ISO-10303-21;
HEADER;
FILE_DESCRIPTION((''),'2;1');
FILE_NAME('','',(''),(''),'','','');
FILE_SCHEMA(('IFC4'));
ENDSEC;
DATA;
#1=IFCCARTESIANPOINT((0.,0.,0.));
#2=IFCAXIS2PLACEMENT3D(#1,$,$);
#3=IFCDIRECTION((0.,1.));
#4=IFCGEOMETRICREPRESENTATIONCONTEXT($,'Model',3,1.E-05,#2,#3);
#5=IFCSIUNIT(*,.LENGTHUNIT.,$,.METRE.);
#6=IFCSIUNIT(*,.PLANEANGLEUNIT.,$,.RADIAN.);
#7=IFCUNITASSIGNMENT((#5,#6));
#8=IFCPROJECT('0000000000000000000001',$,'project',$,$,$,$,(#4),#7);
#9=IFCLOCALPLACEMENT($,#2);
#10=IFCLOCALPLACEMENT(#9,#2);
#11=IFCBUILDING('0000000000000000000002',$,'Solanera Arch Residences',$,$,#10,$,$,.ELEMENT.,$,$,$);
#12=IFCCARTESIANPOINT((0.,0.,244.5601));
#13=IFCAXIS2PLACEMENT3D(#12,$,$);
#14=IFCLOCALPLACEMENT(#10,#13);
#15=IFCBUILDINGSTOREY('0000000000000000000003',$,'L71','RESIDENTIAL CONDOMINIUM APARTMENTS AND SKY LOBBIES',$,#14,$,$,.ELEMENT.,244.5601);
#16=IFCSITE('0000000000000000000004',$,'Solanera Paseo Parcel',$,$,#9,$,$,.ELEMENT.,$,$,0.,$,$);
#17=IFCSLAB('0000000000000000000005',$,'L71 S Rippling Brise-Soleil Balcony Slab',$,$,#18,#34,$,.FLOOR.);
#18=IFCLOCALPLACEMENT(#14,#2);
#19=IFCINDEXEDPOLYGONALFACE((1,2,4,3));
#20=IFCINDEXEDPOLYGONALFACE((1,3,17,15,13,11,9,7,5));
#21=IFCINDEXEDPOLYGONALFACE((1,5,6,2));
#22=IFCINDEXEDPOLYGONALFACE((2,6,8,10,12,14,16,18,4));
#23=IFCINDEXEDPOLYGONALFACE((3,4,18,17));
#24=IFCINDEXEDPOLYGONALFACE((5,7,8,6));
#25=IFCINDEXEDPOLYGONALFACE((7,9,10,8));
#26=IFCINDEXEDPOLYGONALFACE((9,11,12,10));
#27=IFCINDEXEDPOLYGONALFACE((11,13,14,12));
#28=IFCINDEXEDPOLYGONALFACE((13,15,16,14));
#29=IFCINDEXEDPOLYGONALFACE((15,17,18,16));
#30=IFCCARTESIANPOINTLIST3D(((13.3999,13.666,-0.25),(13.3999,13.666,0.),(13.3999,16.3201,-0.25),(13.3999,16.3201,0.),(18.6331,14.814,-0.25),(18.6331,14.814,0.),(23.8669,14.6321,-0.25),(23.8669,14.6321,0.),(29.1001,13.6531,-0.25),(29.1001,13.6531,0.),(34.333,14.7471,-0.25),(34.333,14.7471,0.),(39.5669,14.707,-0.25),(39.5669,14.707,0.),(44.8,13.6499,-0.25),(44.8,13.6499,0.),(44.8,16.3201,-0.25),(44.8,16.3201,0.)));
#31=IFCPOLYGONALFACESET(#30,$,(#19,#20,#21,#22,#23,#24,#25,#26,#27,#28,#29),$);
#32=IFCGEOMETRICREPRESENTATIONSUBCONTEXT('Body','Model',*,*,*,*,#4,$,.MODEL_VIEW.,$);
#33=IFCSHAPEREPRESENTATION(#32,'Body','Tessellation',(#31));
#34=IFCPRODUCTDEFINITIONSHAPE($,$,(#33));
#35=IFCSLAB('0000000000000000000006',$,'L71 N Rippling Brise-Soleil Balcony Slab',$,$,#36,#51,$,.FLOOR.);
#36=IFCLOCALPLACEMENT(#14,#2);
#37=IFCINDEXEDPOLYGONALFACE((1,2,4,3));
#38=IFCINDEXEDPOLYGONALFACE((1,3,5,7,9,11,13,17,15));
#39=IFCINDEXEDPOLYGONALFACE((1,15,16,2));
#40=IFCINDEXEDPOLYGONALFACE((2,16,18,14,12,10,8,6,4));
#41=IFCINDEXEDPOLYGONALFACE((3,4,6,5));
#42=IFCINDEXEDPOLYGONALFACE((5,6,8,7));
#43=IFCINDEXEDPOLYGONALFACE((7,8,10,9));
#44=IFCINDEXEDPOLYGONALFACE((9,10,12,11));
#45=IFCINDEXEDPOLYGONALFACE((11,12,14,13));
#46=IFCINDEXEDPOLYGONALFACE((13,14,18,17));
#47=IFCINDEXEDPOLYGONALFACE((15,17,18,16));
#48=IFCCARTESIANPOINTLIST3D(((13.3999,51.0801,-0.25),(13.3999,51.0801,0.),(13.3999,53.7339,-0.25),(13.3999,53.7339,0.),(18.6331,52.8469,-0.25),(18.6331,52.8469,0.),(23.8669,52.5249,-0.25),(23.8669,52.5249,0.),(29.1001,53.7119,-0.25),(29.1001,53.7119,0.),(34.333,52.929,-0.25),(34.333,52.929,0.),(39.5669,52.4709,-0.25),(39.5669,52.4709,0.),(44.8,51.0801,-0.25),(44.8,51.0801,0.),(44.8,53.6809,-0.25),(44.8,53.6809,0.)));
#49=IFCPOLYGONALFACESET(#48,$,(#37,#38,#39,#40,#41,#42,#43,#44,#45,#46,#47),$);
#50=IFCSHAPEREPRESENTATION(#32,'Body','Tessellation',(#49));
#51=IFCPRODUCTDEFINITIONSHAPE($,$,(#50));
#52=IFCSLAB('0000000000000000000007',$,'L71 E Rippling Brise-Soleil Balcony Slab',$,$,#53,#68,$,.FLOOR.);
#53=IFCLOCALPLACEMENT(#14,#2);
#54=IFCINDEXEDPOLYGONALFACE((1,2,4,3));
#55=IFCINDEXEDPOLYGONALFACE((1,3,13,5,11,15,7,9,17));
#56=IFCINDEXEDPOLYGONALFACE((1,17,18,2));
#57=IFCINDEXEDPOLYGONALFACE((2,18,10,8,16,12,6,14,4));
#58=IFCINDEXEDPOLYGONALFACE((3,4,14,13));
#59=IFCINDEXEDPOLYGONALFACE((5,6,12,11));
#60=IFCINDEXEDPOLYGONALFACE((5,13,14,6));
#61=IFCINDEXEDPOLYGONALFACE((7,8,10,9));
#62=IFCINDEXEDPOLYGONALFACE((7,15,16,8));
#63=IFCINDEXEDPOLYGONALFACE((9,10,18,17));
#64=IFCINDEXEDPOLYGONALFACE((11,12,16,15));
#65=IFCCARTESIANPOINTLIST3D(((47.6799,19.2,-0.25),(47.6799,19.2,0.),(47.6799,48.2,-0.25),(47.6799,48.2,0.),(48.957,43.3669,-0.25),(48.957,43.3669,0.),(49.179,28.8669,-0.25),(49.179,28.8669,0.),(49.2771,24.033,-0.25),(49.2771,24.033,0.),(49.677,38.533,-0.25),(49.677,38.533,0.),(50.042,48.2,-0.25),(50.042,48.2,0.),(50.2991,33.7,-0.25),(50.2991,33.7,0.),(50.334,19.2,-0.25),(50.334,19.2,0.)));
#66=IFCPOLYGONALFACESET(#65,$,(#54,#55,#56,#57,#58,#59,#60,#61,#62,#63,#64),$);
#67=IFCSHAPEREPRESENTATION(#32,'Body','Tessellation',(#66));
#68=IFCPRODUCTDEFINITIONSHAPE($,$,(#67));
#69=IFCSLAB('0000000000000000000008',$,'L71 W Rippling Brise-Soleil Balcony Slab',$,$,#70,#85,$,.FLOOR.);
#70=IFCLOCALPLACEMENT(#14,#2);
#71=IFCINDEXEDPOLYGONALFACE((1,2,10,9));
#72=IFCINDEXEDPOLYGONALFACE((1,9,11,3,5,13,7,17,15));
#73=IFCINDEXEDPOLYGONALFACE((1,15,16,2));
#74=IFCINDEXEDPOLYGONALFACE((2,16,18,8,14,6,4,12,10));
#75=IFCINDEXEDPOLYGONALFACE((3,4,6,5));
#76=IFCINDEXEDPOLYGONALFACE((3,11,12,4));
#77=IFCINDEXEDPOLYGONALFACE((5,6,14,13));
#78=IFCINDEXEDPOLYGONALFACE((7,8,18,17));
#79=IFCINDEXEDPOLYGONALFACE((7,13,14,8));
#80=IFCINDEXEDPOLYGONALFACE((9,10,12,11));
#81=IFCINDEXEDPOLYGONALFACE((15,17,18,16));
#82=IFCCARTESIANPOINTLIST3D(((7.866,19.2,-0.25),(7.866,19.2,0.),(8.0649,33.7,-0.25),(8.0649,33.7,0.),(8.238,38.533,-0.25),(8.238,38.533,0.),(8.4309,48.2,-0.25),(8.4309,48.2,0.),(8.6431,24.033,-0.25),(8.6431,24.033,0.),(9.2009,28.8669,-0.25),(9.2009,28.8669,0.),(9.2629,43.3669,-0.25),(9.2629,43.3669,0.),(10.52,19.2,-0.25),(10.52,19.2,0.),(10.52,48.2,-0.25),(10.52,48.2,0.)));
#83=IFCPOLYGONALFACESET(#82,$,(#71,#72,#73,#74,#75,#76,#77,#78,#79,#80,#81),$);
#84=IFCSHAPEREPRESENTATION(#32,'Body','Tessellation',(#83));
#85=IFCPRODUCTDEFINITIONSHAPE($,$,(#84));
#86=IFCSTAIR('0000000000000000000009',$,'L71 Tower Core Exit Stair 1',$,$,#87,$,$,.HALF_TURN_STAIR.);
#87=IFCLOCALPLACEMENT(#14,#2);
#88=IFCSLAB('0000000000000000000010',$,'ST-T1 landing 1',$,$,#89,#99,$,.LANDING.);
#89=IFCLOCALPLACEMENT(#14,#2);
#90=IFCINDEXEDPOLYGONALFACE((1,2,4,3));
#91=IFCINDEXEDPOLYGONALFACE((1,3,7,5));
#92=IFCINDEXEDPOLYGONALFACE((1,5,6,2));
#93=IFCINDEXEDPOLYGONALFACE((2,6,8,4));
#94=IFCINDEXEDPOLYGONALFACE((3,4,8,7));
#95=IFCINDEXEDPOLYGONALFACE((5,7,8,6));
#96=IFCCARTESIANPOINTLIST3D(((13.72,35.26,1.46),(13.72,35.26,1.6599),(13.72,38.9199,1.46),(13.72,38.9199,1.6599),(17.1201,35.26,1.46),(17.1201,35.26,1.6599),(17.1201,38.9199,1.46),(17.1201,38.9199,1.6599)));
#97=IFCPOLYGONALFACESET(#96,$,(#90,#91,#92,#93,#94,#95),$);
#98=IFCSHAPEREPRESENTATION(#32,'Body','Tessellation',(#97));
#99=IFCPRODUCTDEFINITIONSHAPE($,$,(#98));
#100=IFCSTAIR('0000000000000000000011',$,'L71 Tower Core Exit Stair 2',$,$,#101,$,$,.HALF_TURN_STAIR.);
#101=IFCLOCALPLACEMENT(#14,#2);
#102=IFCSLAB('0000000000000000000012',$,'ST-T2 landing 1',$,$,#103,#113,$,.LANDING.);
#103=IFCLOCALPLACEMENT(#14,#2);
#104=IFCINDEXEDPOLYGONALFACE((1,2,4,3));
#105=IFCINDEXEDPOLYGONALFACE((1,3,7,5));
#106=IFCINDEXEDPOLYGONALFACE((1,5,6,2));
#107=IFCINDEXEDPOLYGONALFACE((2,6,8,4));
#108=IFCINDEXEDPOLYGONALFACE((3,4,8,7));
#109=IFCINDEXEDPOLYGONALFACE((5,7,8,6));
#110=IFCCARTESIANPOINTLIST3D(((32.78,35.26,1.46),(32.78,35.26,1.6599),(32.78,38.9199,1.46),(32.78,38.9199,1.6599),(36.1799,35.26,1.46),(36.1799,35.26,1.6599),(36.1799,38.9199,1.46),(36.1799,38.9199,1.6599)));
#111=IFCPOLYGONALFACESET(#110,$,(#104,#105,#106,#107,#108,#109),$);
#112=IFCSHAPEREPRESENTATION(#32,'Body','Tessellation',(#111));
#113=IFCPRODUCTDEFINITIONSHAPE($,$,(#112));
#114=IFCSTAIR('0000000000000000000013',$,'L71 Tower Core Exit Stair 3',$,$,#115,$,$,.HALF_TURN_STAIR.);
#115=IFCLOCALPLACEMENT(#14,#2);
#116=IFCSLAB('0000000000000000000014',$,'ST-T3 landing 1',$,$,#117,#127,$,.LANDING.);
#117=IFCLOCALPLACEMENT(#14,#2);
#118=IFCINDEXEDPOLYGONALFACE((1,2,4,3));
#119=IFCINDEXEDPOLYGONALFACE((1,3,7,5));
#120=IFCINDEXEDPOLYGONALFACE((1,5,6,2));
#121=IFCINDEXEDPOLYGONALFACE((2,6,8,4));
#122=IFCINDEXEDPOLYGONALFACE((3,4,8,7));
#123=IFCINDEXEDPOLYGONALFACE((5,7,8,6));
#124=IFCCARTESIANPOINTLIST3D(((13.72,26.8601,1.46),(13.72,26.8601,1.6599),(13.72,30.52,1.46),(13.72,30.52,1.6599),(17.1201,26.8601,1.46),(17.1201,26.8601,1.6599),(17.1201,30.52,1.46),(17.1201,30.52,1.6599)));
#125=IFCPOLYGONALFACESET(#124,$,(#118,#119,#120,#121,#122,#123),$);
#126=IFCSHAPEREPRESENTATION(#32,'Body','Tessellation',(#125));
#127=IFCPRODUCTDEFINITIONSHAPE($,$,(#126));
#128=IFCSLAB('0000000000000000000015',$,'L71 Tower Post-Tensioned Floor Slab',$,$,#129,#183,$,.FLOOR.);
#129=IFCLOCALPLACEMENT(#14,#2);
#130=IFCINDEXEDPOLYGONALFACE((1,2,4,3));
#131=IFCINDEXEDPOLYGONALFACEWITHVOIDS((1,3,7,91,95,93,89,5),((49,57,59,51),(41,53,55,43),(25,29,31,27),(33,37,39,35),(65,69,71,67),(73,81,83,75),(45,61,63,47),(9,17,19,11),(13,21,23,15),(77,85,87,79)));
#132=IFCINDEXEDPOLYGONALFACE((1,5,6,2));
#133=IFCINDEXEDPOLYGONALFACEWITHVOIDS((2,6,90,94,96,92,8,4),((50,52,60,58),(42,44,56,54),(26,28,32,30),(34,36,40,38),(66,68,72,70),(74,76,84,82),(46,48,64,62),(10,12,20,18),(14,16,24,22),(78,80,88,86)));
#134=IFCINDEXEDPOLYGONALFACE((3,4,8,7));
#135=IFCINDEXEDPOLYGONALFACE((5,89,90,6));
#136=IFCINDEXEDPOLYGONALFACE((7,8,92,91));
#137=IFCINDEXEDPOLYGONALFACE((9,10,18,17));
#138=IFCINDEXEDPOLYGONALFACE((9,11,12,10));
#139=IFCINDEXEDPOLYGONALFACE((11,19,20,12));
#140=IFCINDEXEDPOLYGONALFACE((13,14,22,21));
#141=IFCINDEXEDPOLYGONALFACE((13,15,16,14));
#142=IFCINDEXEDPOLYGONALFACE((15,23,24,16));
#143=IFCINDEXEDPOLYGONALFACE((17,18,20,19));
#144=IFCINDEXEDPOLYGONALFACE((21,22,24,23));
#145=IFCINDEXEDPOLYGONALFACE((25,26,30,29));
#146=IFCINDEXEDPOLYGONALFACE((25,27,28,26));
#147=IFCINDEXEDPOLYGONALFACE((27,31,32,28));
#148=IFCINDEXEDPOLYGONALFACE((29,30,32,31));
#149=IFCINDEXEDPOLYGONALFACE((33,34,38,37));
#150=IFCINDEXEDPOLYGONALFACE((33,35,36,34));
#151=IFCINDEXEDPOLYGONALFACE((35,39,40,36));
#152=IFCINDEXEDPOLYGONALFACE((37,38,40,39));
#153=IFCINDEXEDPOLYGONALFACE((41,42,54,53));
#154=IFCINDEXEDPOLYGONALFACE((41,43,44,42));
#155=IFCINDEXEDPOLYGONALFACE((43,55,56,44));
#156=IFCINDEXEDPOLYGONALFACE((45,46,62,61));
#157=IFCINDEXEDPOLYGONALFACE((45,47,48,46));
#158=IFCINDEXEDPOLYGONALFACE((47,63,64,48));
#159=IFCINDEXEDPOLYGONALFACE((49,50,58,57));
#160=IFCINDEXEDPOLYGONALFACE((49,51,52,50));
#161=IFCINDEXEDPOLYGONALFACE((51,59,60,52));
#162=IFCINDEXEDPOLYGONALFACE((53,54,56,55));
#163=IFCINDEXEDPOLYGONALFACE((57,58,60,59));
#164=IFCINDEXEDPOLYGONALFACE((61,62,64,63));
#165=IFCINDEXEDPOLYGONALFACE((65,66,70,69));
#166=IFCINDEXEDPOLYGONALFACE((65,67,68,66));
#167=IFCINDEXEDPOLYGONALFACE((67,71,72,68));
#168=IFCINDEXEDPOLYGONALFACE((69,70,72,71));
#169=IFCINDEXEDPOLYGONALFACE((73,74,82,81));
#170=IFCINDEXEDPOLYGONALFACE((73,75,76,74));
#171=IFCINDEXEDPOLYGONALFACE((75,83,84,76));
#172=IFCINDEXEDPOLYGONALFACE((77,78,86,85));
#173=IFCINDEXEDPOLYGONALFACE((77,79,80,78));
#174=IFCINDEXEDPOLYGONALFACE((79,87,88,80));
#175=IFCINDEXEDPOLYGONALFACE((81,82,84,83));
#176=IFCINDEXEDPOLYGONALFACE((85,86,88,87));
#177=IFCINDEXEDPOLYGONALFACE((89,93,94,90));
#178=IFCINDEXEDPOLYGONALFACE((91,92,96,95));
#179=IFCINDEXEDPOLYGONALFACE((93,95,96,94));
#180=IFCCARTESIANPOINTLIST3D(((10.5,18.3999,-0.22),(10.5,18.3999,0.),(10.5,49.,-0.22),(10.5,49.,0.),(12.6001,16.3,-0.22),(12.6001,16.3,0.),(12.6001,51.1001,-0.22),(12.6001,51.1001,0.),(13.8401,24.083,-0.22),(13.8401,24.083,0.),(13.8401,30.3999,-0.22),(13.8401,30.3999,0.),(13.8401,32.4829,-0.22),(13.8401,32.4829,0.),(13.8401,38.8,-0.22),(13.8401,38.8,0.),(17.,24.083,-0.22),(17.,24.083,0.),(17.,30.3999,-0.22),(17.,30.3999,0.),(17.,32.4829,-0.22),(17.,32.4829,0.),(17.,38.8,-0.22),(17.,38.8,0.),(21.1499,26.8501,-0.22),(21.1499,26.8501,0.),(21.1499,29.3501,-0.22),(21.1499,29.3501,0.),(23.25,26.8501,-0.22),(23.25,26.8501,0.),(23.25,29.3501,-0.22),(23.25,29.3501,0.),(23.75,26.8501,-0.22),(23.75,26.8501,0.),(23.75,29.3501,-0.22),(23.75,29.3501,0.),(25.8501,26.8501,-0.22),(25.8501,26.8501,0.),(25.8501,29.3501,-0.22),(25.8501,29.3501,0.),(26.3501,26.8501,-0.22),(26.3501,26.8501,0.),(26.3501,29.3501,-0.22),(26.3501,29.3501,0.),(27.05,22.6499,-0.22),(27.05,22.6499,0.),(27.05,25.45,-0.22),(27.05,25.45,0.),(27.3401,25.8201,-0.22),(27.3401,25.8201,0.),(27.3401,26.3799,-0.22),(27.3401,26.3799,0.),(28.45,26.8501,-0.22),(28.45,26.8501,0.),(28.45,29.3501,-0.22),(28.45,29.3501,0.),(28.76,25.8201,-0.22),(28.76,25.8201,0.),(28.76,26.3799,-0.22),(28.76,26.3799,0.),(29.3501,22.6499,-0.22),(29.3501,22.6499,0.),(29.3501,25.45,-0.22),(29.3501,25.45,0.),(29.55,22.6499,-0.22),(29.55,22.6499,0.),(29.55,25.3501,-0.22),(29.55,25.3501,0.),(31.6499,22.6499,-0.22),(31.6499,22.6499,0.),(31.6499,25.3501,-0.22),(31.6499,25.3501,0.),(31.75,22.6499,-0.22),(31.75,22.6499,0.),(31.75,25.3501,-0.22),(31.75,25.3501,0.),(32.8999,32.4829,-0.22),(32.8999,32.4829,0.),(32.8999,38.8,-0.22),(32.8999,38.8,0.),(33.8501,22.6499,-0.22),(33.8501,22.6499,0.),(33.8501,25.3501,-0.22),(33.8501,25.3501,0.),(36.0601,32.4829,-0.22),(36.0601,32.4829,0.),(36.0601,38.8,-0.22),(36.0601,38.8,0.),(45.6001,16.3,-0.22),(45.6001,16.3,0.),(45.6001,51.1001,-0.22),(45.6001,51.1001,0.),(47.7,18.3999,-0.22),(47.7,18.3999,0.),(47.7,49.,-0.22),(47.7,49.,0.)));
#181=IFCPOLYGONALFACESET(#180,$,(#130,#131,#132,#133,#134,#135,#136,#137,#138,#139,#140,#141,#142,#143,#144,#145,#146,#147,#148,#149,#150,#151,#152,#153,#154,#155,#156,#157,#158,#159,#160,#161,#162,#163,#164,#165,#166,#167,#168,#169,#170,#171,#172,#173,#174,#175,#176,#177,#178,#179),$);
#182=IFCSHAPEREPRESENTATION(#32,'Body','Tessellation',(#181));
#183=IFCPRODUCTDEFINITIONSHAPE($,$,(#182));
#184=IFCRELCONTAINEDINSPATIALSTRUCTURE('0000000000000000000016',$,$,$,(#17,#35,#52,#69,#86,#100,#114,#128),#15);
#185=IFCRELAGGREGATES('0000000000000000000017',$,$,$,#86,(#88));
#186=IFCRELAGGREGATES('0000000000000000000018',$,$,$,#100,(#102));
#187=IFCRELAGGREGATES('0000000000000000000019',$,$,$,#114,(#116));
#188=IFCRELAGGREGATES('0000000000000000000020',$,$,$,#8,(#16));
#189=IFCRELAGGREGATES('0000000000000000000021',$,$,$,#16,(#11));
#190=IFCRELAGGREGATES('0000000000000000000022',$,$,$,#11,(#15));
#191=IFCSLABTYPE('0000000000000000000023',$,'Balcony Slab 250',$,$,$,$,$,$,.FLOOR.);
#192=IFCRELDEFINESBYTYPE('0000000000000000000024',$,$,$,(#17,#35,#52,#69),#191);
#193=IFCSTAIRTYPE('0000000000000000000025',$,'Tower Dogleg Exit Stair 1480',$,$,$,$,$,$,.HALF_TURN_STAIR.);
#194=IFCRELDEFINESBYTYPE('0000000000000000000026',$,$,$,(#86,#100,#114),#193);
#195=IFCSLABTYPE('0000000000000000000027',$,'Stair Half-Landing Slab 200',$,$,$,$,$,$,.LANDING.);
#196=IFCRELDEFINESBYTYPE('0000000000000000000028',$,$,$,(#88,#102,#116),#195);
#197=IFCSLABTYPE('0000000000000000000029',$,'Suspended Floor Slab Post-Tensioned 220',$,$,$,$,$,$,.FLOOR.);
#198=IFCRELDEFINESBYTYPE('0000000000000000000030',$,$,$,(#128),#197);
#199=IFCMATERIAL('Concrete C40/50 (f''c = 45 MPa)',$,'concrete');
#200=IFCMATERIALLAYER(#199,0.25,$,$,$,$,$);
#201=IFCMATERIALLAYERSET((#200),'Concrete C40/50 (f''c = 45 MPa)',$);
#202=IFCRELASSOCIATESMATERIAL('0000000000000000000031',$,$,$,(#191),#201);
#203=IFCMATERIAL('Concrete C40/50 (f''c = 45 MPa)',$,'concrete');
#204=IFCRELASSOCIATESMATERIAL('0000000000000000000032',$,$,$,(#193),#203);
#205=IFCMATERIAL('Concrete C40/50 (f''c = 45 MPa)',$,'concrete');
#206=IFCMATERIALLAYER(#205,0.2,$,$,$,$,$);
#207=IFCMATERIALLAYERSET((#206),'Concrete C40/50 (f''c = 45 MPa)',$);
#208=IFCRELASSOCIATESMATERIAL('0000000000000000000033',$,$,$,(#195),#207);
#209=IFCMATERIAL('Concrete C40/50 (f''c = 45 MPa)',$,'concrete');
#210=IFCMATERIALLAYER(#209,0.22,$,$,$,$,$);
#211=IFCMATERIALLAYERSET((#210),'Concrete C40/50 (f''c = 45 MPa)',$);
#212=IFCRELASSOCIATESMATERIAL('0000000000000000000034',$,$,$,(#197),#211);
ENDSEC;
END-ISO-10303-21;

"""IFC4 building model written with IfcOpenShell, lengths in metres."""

from ifc_helpers import new_model, si_unit, direction, frame, origin, place, context, subcontext, project, spatial, polyline, outline, extrude, material, layer, layer_set, type_object, element, aggregate, save


model = new_model("IFC4")

# Units and contexts
model_context = context("Model", 3, precision=1e-05, world=origin(), true_north=direction((0.0, 1.0)))
body_context = subcontext(model_context, "Body", "Model", "MODEL_VIEW")
ifc_project = project(units=[si_unit("LENGTHUNIT", "METRE"), si_unit("PLANEANGLEUNIT", "RADIAN")], contexts=[model_context])

# Site, building, storey
site_placement = place(None, origin())
site = spatial("IfcSite", under=ifc_project, at=site_placement, Name="Solanera Paseo Parcel", CompositionType="ELEMENT", RefElevation=0.0)
building_placement = place(site_placement, origin())
building = spatial("IfcBuilding", under=site, at=building_placement, Name="Solanera Arch Residences", CompositionType="ELEMENT")
storey_placement = place(building_placement, frame((0.0, 0.0, 244.5601)))
storey = spatial("IfcBuildingStorey", under=building, at=storey_placement, Name="L71", Description="RESIDENTIAL CONDOMINIUM APARTMENTS AND SKY LOBBIES", CompositionType="ELEMENT", Elevation=244.5601)

# Slabs
ifc_material_1 = material(Name="Concrete C40/50 (f'c = 45 MPa)", Category="concrete")
ifc_layer_1 = layer(ifc_material_1, 0.25)
ifc_layer_set_1 = layer_set([ifc_layer_1], Name="Concrete C40/50 (f'c = 45 MPa)")
slab_type_1 = type_object("IfcSlabType", Name="Balcony Slab 250", PredefinedType="FLOOR", material=ifc_layer_set_1)
slab_1_placement = place(storey_placement, frame((0.0, 0.0, -0.25)))
element("IfcSlab", 1, at=slab_1_placement, inside=storey, type_object=slab_type_1, Name="L71 S Rippling Brise-Soleil Balcony Slab", PredefinedType="FLOOR", context=body_context, shape_type="SweptSolid", body=[
    extrude(outline(polyline([(13.3999, 13.666), (18.6331, 14.814), (23.8669, 14.6321), (29.1001, 13.6531), (34.333, 14.7471), (39.5669, 14.707), (44.8, 13.6499), (44.8, 16.3201), (13.3999, 16.3201), (13.3999, 13.666)])), origin(), (0.0, 0.0, 1.0), 0.25),
])
slab_2_placement = place(storey_placement, frame((0.0, 0.0, -0.25)))
element("IfcSlab", 2, at=slab_2_placement, inside=storey, type_object=slab_type_1, Name="L71 N Rippling Brise-Soleil Balcony Slab", PredefinedType="FLOOR", context=body_context, shape_type="SweptSolid", body=[
    extrude(outline(polyline([(44.8, 53.6809), (39.5669, 52.4709), (34.333, 52.929), (29.1001, 53.7119), (23.8669, 52.5249), (18.6331, 52.8469), (13.3999, 53.7339), (13.3999, 51.0801), (44.8, 51.0801), (44.8, 53.6809)])), origin(), (0.0, 0.0, 1.0), 0.25),
])
slab_3_placement = place(storey_placement, frame((0.0, 0.0, -0.25)))
element("IfcSlab", 3, at=slab_3_placement, inside=storey, type_object=slab_type_1, Name="L71 E Rippling Brise-Soleil Balcony Slab", PredefinedType="FLOOR", context=body_context, shape_type="SweptSolid", body=[
    extrude(outline(polyline([(50.334, 19.2), (49.2771, 24.033), (49.179, 28.8669), (50.2991, 33.7), (49.677, 38.533), (48.957, 43.3669), (50.042, 48.2), (47.6799, 48.2), (47.6799, 19.2), (50.334, 19.2)])), origin(), (0.0, 0.0, 1.0), 0.25),
])
slab_4_placement = place(storey_placement, frame((0.0, 0.0, -0.25)))
element("IfcSlab", 4, at=slab_4_placement, inside=storey, type_object=slab_type_1, Name="L71 W Rippling Brise-Soleil Balcony Slab", PredefinedType="FLOOR", context=body_context, shape_type="SweptSolid", body=[
    extrude(outline(polyline([(8.4309, 48.2), (9.2629, 43.3669), (8.238, 38.533), (8.0649, 33.7), (9.2009, 28.8669), (8.6431, 24.033), (7.866, 19.2), (10.52, 19.2), (10.52, 48.2), (8.4309, 48.2)])), origin(), (0.0, 0.0, 1.0), 0.25),
])

# Stairs, slabs
ifc_material_2 = material(Name="Concrete C40/50 (f'c = 45 MPa)", Category="concrete")
stair_type = type_object("IfcStairType", Name="Tower Dogleg Exit Stair 1480", PredefinedType="HALF_TURN_STAIR", material=ifc_material_2)
stair_1_placement = place(storey_placement, origin())
stair_1 = element("IfcStair", 5, at=stair_1_placement, inside=storey, type_object=stair_type, Name="L71 Tower Core Exit Stair 1", PredefinedType="HALF_TURN_STAIR")
ifc_material_3 = material(Name="Concrete C40/50 (f'c = 45 MPa)", Category="concrete")
ifc_layer_2 = layer(ifc_material_3, 0.2)
ifc_layer_set_2 = layer_set([ifc_layer_2], Name="Concrete C40/50 (f'c = 45 MPa)")
slab_type_2 = type_object("IfcSlabType", Name="Stair Half-Landing Slab 200", PredefinedType="LANDING", material=ifc_layer_set_2)
slab_5_placement = place(storey_placement, frame((0.0, 0.0, 1.46)))
slab_5 = element("IfcSlab", 6, at=slab_5_placement, type_object=slab_type_2, Name="ST-T1 landing 1", PredefinedType="LANDING", context=body_context, shape_type="SweptSolid", body=[
    extrude(outline(polyline([(17.1201, 35.26), (17.1201, 38.9199), (13.72, 38.9199), (13.72, 35.26), (17.1201, 35.26)])), origin(), (0.0, 0.0, 1.0), 0.2),
])
aggregate(stair_1, [slab_5])
stair_2_placement = place(storey_placement, origin())
stair_2 = element("IfcStair", 7, at=stair_2_placement, inside=storey, type_object=stair_type, Name="L71 Tower Core Exit Stair 2", PredefinedType="HALF_TURN_STAIR")
slab_6_placement = place(storey_placement, frame((0.0, 0.0, 1.46)))
slab_6 = element("IfcSlab", 8, at=slab_6_placement, type_object=slab_type_2, Name="ST-T2 landing 1", PredefinedType="LANDING", context=body_context, shape_type="SweptSolid", body=[
    extrude(outline(polyline([(36.1799, 35.26), (36.1799, 38.9199), (32.78, 38.9199), (32.78, 35.26), (36.1799, 35.26)])), origin(), (0.0, 0.0, 1.0), 0.2),
])
aggregate(stair_2, [slab_6])
stair_3_placement = place(storey_placement, origin())
stair_3 = element("IfcStair", 9, at=stair_3_placement, inside=storey, type_object=stair_type, Name="L71 Tower Core Exit Stair 3", PredefinedType="HALF_TURN_STAIR")
slab_7_placement = place(storey_placement, frame((0.0, 0.0, 1.46)))
slab_7 = element("IfcSlab", 10, at=slab_7_placement, type_object=slab_type_2, Name="ST-T3 landing 1", PredefinedType="LANDING", context=body_context, shape_type="SweptSolid", body=[
    extrude(outline(polyline([(17.1201, 26.8601), (17.1201, 30.52), (13.72, 30.52), (13.72, 26.8601), (17.1201, 26.8601)])), origin(), (0.0, 0.0, 1.0), 0.2),
])
aggregate(stair_3, [slab_7])

# Slab
ifc_material_4 = material(Name="Concrete C40/50 (f'c = 45 MPa)", Category="concrete")
ifc_layer_3 = layer(ifc_material_4, 0.22)
ifc_layer_set_3 = layer_set([ifc_layer_3], Name="Concrete C40/50 (f'c = 45 MPa)")
slab_type_3 = type_object("IfcSlabType", Name="Suspended Floor Slab Post-Tensioned 220", PredefinedType="FLOOR", material=ifc_layer_set_3)
slab_8_placement = place(storey_placement, frame((0.0, 0.0, -0.22)))
element("IfcSlab", 11, at=slab_8_placement, inside=storey, type_object=slab_type_3, Name="L71 Tower Post-Tensioned Floor Slab", PredefinedType="FLOOR", context=body_context, shape_type="SweptSolid", body=[
    extrude(outline(polyline([(12.6001, 16.3), (45.6001, 16.3), (47.7, 18.3999), (47.7, 49.0), (45.6001, 51.1001), (12.6001, 51.1001), (10.5, 49.0), (10.5, 18.3999), (12.6001, 16.3)]), holes=[polyline([(13.8401, 32.4829), (13.8401, 38.8), (17.0, 38.8), (17.0, 32.4829), (13.8401, 32.4829)]), polyline([(32.8999, 32.4829), (32.8999, 38.8), (36.0601, 38.8), (36.0601, 32.4829), (32.8999, 32.4829)]), polyline([(13.8401, 24.083), (13.8401, 30.3999), (17.0, 30.3999), (17.0, 24.083), (13.8401, 24.083)]), polyline([(21.1499, 29.3501), (23.25, 29.3501), (23.25, 26.8501), (21.1499, 26.8501), (21.1499, 29.3501)]), polyline([(23.75, 29.3501), (25.8501, 29.3501), (25.8501, 26.8501), (23.75, 26.8501), (23.75, 29.3501)]), polyline([(26.3501, 29.3501), (28.45, 29.3501), (28.45, 26.8501), (26.3501, 26.8501), (26.3501, 29.3501)]), polyline([(29.55, 25.3501), (31.6499, 25.3501), (31.6499, 22.6499), (29.55, 22.6499), (29.55, 25.3501)]), polyline([(31.75, 25.3501), (33.8501, 25.3501), (33.8501, 22.6499), (31.75, 22.6499), (31.75, 25.3501)]), polyline([(27.05, 25.45), (29.3501, 25.45), (29.3501, 22.6499), (27.05, 22.6499), (27.05, 25.45)]), polyline([(27.3401, 26.3799), (28.76, 26.3799), (28.76, 25.8201), (27.3401, 25.8201), (27.3401, 26.3799)])]), origin(), (0.0, 0.0, 1.0), 0.22),
])

save(model, "model.ifc")
